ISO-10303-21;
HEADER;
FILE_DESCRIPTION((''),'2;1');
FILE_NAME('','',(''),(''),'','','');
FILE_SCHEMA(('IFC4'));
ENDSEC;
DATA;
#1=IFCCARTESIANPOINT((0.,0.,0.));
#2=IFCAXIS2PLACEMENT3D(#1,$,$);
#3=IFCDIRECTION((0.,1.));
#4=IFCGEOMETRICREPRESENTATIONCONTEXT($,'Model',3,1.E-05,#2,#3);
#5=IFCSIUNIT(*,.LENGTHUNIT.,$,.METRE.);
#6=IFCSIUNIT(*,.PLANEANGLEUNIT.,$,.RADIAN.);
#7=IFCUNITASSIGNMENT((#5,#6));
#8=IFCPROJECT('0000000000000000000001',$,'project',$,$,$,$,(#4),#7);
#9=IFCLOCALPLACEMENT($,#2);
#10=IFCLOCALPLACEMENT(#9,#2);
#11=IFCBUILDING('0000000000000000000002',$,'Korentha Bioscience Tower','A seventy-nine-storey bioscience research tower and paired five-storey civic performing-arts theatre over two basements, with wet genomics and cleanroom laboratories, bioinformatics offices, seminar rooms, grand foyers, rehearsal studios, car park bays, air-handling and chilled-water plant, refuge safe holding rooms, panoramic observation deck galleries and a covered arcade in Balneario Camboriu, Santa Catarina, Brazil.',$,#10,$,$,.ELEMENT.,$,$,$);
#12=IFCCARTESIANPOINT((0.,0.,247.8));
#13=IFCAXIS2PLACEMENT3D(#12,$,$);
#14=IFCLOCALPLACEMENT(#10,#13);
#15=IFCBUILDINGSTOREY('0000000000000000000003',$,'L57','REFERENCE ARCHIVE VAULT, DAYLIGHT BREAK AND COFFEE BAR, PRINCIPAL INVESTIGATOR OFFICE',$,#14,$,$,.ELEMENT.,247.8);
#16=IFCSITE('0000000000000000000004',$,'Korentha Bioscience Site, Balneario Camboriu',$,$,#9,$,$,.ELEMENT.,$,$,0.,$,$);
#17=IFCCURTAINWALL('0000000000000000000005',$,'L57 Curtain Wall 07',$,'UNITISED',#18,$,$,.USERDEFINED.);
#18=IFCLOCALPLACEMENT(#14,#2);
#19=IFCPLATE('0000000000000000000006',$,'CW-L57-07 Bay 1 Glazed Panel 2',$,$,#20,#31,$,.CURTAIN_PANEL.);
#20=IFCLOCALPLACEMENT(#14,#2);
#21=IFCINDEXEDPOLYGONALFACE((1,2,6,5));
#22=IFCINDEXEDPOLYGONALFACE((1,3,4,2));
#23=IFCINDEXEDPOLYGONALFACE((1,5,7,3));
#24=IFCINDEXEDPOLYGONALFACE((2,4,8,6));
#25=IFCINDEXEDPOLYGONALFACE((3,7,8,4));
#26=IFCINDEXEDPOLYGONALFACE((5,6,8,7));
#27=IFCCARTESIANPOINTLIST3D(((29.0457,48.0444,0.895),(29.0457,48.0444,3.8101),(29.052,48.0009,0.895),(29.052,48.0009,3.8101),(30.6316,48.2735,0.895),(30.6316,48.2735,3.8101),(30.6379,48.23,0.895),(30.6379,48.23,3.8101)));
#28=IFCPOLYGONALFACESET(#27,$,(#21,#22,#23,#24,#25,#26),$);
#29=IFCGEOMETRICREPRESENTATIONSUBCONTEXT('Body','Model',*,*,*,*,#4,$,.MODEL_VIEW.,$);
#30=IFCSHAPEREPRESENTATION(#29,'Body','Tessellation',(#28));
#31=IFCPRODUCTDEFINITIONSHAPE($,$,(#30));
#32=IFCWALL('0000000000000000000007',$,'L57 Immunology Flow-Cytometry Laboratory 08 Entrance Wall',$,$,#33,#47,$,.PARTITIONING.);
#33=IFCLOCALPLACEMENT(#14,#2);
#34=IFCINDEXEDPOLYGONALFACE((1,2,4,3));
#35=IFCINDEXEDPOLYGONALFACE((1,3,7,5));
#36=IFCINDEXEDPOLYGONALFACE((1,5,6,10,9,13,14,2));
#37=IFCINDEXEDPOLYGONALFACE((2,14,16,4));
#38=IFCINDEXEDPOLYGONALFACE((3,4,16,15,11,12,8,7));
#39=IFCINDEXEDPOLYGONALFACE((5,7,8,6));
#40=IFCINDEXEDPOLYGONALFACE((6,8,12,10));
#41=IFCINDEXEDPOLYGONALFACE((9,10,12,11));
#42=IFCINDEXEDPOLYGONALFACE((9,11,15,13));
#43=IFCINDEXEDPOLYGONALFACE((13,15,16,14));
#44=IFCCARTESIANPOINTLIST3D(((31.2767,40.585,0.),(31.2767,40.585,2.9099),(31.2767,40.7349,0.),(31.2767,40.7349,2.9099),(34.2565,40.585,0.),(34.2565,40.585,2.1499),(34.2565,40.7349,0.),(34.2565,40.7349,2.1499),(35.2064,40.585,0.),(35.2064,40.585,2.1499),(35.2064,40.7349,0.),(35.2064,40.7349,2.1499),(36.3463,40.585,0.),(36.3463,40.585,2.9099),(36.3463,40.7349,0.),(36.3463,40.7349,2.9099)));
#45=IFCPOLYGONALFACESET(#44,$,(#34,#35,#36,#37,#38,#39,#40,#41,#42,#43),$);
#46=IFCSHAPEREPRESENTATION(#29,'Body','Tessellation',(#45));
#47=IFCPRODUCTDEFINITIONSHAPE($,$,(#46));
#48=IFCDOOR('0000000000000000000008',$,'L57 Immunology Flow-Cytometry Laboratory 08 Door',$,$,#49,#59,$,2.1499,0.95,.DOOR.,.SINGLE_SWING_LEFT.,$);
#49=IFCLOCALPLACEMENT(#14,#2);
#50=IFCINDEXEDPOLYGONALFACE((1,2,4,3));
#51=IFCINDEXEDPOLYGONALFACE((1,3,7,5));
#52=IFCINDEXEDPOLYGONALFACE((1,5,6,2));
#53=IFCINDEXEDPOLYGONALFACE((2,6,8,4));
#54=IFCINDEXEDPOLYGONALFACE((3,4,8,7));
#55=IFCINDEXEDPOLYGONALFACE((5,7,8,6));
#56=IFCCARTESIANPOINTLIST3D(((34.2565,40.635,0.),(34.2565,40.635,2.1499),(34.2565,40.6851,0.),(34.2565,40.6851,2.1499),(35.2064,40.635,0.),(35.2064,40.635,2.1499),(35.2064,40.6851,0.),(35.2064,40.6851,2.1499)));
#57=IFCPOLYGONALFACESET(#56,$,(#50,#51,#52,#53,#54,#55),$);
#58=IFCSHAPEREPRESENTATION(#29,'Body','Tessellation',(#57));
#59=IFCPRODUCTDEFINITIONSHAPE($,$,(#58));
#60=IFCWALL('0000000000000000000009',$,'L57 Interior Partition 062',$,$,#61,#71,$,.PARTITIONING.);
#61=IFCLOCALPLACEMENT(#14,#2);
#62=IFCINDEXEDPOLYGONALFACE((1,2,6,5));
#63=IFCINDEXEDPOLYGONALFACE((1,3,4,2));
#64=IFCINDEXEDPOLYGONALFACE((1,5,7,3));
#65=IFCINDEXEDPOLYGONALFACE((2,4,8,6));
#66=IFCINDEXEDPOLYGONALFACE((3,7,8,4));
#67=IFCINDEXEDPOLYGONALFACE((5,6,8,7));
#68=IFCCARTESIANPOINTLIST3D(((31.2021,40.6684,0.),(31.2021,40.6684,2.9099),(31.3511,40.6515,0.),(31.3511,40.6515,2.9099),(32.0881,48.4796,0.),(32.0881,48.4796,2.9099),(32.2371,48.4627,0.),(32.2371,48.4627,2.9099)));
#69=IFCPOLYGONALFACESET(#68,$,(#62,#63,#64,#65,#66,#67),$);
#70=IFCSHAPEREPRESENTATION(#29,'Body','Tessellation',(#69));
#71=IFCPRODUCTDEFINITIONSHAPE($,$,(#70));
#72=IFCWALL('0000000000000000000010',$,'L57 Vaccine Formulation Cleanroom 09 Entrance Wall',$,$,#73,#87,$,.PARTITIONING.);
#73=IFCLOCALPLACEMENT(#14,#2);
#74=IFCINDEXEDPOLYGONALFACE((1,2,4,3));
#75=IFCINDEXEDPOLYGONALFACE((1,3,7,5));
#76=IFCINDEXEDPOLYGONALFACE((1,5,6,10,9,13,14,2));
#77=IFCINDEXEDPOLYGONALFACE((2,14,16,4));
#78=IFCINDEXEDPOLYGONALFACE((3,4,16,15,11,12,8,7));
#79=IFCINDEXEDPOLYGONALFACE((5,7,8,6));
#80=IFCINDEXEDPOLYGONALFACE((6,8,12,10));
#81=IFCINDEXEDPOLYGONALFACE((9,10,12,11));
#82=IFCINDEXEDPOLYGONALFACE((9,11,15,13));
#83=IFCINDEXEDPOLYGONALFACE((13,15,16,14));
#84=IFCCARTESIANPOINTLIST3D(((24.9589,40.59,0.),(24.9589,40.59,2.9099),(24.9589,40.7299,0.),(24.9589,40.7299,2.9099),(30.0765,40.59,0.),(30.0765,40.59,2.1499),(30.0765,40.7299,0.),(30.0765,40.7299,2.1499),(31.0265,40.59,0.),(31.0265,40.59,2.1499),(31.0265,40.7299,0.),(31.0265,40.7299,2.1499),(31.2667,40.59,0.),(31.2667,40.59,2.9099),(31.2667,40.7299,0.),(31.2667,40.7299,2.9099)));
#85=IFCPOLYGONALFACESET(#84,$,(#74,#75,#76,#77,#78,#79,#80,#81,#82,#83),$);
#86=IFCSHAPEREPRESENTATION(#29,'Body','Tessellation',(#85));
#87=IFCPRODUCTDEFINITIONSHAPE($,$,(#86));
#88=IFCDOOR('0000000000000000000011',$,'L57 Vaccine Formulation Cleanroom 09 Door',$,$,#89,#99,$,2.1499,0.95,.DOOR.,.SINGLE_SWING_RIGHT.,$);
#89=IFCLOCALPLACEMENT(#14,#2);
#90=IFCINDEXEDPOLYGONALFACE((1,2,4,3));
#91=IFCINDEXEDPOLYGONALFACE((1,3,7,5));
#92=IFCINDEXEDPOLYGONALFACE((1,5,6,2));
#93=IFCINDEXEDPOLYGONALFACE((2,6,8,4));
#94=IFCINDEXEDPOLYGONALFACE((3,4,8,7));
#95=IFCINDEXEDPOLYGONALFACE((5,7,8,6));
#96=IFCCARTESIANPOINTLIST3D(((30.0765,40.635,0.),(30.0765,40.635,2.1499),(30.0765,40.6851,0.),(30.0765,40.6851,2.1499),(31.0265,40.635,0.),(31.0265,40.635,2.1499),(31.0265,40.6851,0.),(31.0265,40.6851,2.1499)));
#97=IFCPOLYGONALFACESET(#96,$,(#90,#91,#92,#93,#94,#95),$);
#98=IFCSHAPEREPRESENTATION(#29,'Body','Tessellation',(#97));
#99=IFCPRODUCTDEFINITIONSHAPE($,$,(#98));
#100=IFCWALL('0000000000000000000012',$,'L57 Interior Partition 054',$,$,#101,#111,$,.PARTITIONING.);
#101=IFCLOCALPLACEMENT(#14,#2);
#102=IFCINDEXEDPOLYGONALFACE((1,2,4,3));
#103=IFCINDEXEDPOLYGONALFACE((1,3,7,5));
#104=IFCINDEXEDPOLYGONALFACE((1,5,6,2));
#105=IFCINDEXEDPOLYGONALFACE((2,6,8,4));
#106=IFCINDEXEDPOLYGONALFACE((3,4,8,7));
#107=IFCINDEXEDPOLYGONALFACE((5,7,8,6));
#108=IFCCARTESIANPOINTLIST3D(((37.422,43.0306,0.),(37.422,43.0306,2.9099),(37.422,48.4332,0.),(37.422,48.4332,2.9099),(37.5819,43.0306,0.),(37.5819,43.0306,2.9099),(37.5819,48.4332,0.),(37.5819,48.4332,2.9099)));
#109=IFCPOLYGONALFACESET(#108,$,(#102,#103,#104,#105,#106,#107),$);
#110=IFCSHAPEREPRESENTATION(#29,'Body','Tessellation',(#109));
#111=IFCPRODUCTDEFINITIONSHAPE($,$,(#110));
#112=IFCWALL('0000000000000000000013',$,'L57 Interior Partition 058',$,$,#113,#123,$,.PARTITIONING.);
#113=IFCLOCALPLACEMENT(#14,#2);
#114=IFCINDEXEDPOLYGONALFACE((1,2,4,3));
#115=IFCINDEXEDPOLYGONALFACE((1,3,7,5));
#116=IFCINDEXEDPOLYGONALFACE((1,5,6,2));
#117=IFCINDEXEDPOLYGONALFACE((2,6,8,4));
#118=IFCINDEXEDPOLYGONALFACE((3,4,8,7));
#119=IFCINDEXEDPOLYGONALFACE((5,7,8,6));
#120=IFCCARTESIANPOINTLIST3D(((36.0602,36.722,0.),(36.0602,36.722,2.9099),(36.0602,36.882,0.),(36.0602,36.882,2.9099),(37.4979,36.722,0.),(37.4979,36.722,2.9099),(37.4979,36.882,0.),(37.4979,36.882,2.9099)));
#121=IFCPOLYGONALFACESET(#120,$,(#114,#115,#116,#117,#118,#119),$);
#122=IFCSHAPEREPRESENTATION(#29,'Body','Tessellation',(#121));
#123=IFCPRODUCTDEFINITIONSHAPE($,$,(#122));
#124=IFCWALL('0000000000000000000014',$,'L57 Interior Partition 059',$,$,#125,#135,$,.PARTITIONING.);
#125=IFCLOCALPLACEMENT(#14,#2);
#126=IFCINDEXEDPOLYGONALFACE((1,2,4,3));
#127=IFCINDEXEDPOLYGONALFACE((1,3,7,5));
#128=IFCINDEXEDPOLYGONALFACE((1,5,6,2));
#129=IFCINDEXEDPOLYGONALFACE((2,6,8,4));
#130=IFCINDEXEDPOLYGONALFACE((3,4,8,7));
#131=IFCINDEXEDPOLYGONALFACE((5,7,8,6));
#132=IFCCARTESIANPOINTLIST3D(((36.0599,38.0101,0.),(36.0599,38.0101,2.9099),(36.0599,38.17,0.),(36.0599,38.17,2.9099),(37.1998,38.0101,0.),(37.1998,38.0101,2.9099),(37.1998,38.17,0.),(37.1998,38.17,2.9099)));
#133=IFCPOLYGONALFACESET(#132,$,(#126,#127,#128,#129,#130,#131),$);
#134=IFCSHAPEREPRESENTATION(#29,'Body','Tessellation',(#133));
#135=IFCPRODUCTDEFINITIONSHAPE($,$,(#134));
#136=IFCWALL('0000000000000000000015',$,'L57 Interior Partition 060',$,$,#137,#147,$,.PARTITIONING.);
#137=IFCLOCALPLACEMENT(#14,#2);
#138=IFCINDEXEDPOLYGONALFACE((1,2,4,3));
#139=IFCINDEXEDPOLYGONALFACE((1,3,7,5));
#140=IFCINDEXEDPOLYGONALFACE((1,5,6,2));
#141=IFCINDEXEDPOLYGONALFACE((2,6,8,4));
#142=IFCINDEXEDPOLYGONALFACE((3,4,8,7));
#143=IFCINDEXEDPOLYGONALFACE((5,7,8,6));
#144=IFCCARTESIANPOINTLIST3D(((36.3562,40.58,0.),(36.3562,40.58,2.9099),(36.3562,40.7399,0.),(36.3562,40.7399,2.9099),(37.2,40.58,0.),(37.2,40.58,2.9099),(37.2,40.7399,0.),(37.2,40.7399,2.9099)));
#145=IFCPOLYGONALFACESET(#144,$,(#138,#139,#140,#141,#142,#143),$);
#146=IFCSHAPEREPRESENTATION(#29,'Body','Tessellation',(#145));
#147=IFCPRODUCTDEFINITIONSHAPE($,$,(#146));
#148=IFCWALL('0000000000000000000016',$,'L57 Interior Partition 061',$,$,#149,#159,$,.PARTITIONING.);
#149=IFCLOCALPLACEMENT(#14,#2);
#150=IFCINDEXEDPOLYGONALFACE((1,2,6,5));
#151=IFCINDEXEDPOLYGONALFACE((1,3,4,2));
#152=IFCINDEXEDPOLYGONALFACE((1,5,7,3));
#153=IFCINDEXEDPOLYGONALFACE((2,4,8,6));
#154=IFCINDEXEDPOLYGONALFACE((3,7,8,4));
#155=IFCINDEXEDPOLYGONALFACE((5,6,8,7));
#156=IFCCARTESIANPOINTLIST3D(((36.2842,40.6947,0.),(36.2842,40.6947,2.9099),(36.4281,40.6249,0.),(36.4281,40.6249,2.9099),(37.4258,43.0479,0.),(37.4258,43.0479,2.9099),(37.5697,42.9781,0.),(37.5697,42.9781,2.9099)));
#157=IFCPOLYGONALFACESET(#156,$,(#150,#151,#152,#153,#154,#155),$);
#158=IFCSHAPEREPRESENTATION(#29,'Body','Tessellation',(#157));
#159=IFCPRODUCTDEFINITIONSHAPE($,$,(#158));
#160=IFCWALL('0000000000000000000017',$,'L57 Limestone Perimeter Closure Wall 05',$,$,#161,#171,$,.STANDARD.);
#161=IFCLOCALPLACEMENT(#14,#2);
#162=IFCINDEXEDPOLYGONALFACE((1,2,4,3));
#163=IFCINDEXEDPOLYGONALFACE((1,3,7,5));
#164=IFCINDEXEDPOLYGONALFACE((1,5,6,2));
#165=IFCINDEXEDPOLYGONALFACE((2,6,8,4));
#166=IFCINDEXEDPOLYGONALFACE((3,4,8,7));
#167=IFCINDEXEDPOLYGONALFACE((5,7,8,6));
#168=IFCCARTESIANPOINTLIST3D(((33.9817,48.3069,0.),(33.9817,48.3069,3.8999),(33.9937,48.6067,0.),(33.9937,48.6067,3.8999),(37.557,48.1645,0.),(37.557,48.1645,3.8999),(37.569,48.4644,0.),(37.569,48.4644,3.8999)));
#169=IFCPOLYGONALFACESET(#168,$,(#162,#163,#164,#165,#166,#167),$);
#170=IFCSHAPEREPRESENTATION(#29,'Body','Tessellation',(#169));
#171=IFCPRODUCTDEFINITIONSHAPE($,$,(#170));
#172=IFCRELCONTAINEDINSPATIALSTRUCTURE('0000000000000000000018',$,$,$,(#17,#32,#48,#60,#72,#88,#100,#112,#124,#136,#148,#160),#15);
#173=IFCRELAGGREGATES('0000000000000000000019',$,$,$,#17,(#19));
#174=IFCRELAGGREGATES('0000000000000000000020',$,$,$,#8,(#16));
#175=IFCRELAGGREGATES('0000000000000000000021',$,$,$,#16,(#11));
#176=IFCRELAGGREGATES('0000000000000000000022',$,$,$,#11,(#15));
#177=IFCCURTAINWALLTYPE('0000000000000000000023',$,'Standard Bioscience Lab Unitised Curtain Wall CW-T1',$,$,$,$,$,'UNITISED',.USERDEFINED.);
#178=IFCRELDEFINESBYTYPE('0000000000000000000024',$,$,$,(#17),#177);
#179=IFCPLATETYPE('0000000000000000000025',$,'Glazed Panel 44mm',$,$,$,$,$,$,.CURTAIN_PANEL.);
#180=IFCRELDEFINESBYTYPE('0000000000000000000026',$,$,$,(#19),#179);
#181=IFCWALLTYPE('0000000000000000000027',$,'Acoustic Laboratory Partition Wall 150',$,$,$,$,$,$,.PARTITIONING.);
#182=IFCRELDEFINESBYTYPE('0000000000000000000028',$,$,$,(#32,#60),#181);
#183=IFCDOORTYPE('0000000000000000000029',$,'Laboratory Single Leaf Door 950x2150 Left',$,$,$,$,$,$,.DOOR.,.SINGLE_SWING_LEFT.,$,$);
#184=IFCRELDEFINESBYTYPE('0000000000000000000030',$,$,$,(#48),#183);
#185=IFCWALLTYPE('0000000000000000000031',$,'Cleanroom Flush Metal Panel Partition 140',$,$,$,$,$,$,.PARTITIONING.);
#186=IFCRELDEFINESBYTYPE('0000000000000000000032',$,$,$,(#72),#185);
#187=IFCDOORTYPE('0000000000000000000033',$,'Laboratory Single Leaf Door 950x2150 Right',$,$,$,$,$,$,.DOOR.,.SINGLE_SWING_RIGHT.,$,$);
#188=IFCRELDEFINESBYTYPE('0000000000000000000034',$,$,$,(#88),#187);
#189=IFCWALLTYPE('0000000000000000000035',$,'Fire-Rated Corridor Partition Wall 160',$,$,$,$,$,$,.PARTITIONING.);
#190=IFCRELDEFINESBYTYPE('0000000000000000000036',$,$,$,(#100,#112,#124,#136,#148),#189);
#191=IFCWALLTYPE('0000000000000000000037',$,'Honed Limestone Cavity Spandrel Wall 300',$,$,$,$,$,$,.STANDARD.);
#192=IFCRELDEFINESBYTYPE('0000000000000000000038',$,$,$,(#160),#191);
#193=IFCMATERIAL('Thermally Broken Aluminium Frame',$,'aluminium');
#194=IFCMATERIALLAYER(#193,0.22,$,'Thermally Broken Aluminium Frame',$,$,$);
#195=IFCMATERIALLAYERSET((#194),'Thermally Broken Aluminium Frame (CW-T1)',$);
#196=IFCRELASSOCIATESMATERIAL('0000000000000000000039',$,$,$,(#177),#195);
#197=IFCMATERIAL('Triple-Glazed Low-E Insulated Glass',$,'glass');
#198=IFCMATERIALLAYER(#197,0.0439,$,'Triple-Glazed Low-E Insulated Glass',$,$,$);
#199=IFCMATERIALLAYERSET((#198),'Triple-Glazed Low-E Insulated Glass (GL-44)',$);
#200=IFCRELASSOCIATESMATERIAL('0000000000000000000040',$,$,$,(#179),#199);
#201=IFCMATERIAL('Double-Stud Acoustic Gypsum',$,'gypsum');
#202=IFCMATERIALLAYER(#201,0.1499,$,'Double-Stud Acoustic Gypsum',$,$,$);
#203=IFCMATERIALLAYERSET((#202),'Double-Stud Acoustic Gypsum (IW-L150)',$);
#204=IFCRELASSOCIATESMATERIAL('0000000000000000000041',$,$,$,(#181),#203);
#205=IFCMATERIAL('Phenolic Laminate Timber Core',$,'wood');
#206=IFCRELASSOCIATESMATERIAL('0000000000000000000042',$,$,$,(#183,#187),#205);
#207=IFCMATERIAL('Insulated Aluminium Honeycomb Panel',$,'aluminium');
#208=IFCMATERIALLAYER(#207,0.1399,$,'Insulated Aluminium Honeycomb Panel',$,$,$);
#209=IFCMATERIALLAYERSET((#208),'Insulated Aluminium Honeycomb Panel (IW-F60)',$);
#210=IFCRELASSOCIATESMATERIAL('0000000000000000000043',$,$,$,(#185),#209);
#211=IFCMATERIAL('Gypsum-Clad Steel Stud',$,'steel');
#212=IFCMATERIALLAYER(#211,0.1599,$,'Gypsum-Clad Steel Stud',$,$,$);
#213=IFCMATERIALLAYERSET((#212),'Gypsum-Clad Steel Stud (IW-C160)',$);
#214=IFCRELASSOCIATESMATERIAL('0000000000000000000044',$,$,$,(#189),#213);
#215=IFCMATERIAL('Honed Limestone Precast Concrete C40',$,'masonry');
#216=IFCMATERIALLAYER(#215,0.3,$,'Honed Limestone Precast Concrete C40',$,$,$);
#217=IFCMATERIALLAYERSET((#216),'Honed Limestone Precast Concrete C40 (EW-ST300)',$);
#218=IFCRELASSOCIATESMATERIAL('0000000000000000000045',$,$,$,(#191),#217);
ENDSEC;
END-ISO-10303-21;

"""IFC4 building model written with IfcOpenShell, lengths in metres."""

from ifc_helpers import new_model, si_unit, direction, frame, frame_2d, origin, origin_2d, place, context, subcontext, project, spatial, rectangle, extrude, material, layer, layer_set, type_object, element, fill, aggregate, save


model = new_model("IFC4")

# Units and contexts
model_context = context("Model", 3, precision=1e-05, world=origin(), true_north=direction((0.0, 1.0)))
body_context = subcontext(model_context, "Body", "Model", "MODEL_VIEW")
ifc_project = project(units=[si_unit("LENGTHUNIT", "METRE"), si_unit("PLANEANGLEUNIT", "RADIAN")], contexts=[model_context])

# Site, building, storey
site_placement = place(None, origin())
site = spatial("IfcSite", under=ifc_project, at=site_placement, Name="Korentha Bioscience Site, Balneario Camboriu", CompositionType="ELEMENT", RefElevation=0.0)
building_placement = place(site_placement, origin())
building = spatial("IfcBuilding", under=site, at=building_placement, Name="Korentha Bioscience Tower", Description="A seventy-nine-storey bioscience research tower and paired five-storey civic performing-arts theatre over two basements, with wet genomics and cleanroom laboratories, bioinformatics offices, seminar rooms, grand foyers, rehearsal studios, car park bays, air-handling and chilled-water plant, refuge safe holding rooms, panoramic observation deck galleries and a covered arcade in Balneario Camboriu, Santa Catarina, Brazil.", CompositionType="ELEMENT")
storey_placement = place(building_placement, frame((0.0, 0.0, 247.8)))
storey = spatial("IfcBuildingStorey", under=building, at=storey_placement, Name="L57", Description="REFERENCE ARCHIVE VAULT, DAYLIGHT BREAK AND COFFEE BAR, PRINCIPAL INVESTIGATOR OFFICE", CompositionType="ELEMENT", Elevation=247.8)

# Curtain wall
ifc_material_1 = material(Name="Thermally Broken Aluminium Frame", Category="aluminium")
ifc_layer_1 = layer(ifc_material_1, 0.22, Name="Thermally Broken Aluminium Frame")
ifc_layer_set_1 = layer_set([ifc_layer_1], Name="Thermally Broken Aluminium Frame (CW-T1)")
curtain_wall_type = type_object("IfcCurtainWallType", Name="Standard Bioscience Lab Unitised Curtain Wall CW-T1", ElementType="UNITISED", PredefinedType="USERDEFINED", material=ifc_layer_set_1)
curtain_wall_placement = place(storey_placement, origin())
curtain_wall = element("IfcCurtainWall", 1, at=curtain_wall_placement, inside=storey, type_object=curtain_wall_type, Name="L57 Curtain Wall 07", ObjectType="UNITISED", PredefinedType="USERDEFINED")

# Plate
ifc_material_2 = material(Name="Triple-Glazed Low-E Insulated Glass", Category="glass")
ifc_layer_2 = layer(ifc_material_2, 0.0439, Name="Triple-Glazed Low-E Insulated Glass")
ifc_layer_set_2 = layer_set([ifc_layer_2], Name="Triple-Glazed Low-E Insulated Glass (GL-44)")
plate_type = type_object("IfcPlateType", Name="Glazed Panel 44mm", PredefinedType="CURTAIN_PANEL", material=ifc_layer_set_2)
plate_1_placement = place(storey_placement, frame((29.8418, 48.1372, 0.895), z_axis=(0.0, 0.0, 1.0), x_axis=(-0.989729, -0.142956, 0.0)))
plate_1 = element("IfcPlate", 2, at=plate_1_placement, type_object=plate_type, Name="CW-L57-07 Bay 1 Glazed Panel 2", PredefinedType="CURTAIN_PANEL", context=body_context, shape_type="SweptSolid", body=[
    extrude(rectangle(XDim=1.6023, YDim=0.0439, at=origin_2d()), origin(), (0.0, 0.0, 1.0), 2.915),
])
aggregate(curtain_wall, [plate_1])

# Wall, opening, door
ifc_material_3 = material(Name="Double-Stud Acoustic Gypsum", Category="gypsum")
ifc_layer_3 = layer(ifc_material_3, 0.1499, Name="Double-Stud Acoustic Gypsum")
ifc_layer_set_3 = layer_set([ifc_layer_3], Name="Double-Stud Acoustic Gypsum (IW-L150)")
wall_type_1 = type_object("IfcWallType", Name="Acoustic Laboratory Partition Wall 150", PredefinedType="PARTITIONING", material=ifc_layer_set_3)
wall_1_placement = place(storey_placement, frame((36.3462, 40.6599, 0.0), z_axis=(0.0, 0.0, 1.0), x_axis=(-1.0, 0.0, 0.0)))
wall_1 = element("IfcWall", 3, at=wall_1_placement, inside=storey, type_object=wall_type_1, Name="L57 Immunology Flow-Cytometry Laboratory 08 Entrance Wall", PredefinedType="PARTITIONING", context=body_context, shape_type="SweptSolid", body=[
    extrude(rectangle(XDim=5.0696, YDim=0.1499, at=frame_2d((2.5347, 0.0))), origin(), (0.0, 0.0, 1.0), 2.9099),
])
opening_1_placement = place(wall_1_placement, frame((1.1396, 0.0, 0.0)))
opening_1 = element("IfcOpeningElement", 4, at=opening_1_placement, cuts=wall_1, PredefinedType="OPENING", context=body_context, shape_type="SweptSolid", body=[
    extrude(rectangle(XDim=0.95, YDim=2.1499, at=frame_2d((0.4751, 1.075))), frame((0.0, 0.0898, 0.0), z_axis=(0.0, -1.0, 0.0), x_axis=(1.0, 0.0, 0.0)), (0.0, 0.0, 1.0), 0.1797),
])
ifc_material_4 = material(Name="Phenolic Laminate Timber Core", Category="wood")
door_type_1 = type_object("IfcDoorType", Name="Laboratory Single Leaf Door 950x2150 Left", OperationType="SINGLE_SWING_LEFT", PredefinedType="DOOR", material=ifc_material_4)
door_1_placement = place(opening_1_placement, origin())
door_1 = element("IfcDoor", 5, at=door_1_placement, inside=storey, type_object=door_type_1, Name="L57 Immunology Flow-Cytometry Laboratory 08 Door", OperationType="SINGLE_SWING_LEFT", OverallHeight=2.1499, OverallWidth=0.95, PredefinedType="DOOR", context=body_context, shape_type="SweptSolid", body=[
    extrude(rectangle(XDim=0.95, YDim=2.1499, at=frame_2d((0.4751, 1.075))), frame((0.0, 0.0249, 0.0), z_axis=(0.0, -1.0, 0.0), x_axis=(1.0, 0.0, 0.0)), (0.0, 0.0, 1.0), 0.05),
])
fill(opening_1, door_1)

# Wall
wall_2_placement = place(storey_placement, frame((31.2766, 40.6599, 0.0), z_axis=(0.0, 0.0, 1.0), x_axis=(0.112701, 0.993629, 0.0)))
element("IfcWall", 6, at=wall_2_placement, inside=storey, type_object=wall_type_1, Name="L57 Interior Partition 062", PredefinedType="PARTITIONING", context=body_context, shape_type="SweptSolid", body=[
    extrude(rectangle(XDim=7.8613, YDim=0.1499, at=frame_2d((3.9307, 0.0))), origin(), (0.0, 0.0, 1.0), 2.9099),
])

# Wall, opening, door
ifc_material_5 = material(Name="Insulated Aluminium Honeycomb Panel", Category="aluminium")
ifc_layer_4 = layer(ifc_material_5, 0.1399, Name="Insulated Aluminium Honeycomb Panel")
ifc_layer_set_4 = layer_set([ifc_layer_4], Name="Insulated Aluminium Honeycomb Panel (IW-F60)")
wall_type_2 = type_object("IfcWallType", Name="Cleanroom Flush Metal Panel Partition 140", PredefinedType="PARTITIONING", material=ifc_layer_set_4)
wall_3_placement = place(storey_placement, frame((31.2666, 40.6599, 0.0), z_axis=(0.0, 0.0, 1.0), x_axis=(-1.0, 0.0, 0.0)))
wall_3 = element("IfcWall", 7, at=wall_3_placement, inside=storey, type_object=wall_type_2, Name="L57 Vaccine Formulation Cleanroom 09 Entrance Wall", PredefinedType="PARTITIONING", context=body_context, shape_type="SweptSolid", body=[
    extrude(rectangle(XDim=6.3079, YDim=0.1399, at=frame_2d((3.1538, 0.0))), origin(), (0.0, 0.0, 1.0), 2.9099),
])
opening_2_placement = place(wall_3_placement, frame((0.24, 0.0, 0.0)))
opening_2 = element("IfcOpeningElement", 8, at=opening_2_placement, cuts=wall_3, PredefinedType="OPENING", context=body_context, shape_type="SweptSolid", body=[
    extrude(rectangle(XDim=0.95, YDim=2.1499, at=frame_2d((0.4751, 1.075))), frame((0.0, 0.085, 0.0), z_axis=(0.0, -1.0, 0.0), x_axis=(1.0, 0.0, 0.0)), (0.0, 0.0, 1.0), 0.1697),
])
door_type_2 = type_object("IfcDoorType", Name="Laboratory Single Leaf Door 950x2150 Right", OperationType="SINGLE_SWING_RIGHT", PredefinedType="DOOR", material=ifc_material_4)
door_2_placement = place(opening_2_placement, origin())
door_2 = element("IfcDoor", 9, at=door_2_placement, inside=storey, type_object=door_type_2, Name="L57 Vaccine Formulation Cleanroom 09 Door", OperationType="SINGLE_SWING_RIGHT", OverallHeight=2.1499, OverallWidth=0.95, PredefinedType="DOOR", context=body_context, shape_type="SweptSolid", body=[
    extrude(rectangle(XDim=0.95, YDim=2.1499, at=frame_2d((0.4751, 1.075))), frame((0.0, 0.0249, 0.0), z_axis=(0.0, -1.0, 0.0), x_axis=(1.0, 0.0, 0.0)), (0.0, 0.0, 1.0), 0.05),
])
fill(opening_2, door_2)
ifc_material_6 = material(Name="Gypsum-Clad Steel Stud", Category="steel")
ifc_layer_5 = layer(ifc_material_6, 0.1599, Name="Gypsum-Clad Steel Stud")
ifc_layer_set_5 = layer_set([ifc_layer_5], Name="Gypsum-Clad Steel Stud (IW-C160)")
wall_type_3 = type_object("IfcWallType", Name="Fire-Rated Corridor Partition Wall 160", PredefinedType="PARTITIONING", material=ifc_layer_set_5)

# Walls
wall_4_placement = place(storey_placement, frame((37.502, 43.0308, 0.0), z_axis=(0.0, 0.0, 1.0), x_axis=(0.0, 1.0, 0.0)))
element("IfcWall", 10, at=wall_4_placement, inside=storey, type_object=wall_type_3, Name="L57 Interior Partition 054", PredefinedType="PARTITIONING", context=body_context, shape_type="SweptSolid", body=[
    extrude(rectangle(XDim=5.4026, YDim=0.1599, at=frame_2d((2.7012, 0.0))), origin(), (0.0, 0.0, 1.0), 2.9099),
])
wall_5_placement = place(storey_placement, frame((37.4978, 36.802, 0.0), z_axis=(0.0, 0.0, 1.0), x_axis=(-1.0, 0.0, 0.0)))
element("IfcWall", 11, at=wall_5_placement, inside=storey, type_object=wall_type_3, Name="L57 Interior Partition 058", PredefinedType="PARTITIONING", context=body_context, shape_type="SweptSolid", body=[
    extrude(rectangle(XDim=1.4377, YDim=0.1599, at=frame_2d((0.7188, 0.0))), origin(), (0.0, 0.0, 1.0), 2.9099),
])
wall_6_placement = place(storey_placement, frame((36.0601, 38.0901, 0.0), z_axis=(0.0, 0.0, 1.0), x_axis=(1.0, 0.0, 0.0)))
element("IfcWall", 12, at=wall_6_placement, inside=storey, type_object=wall_type_3, Name="L57 Interior Partition 059", PredefinedType="PARTITIONING", context=body_context, shape_type="SweptSolid", body=[
    extrude(rectangle(XDim=1.1399, YDim=0.1599, at=frame_2d((0.5698, 0.0))), origin(), (0.0, 0.0, 1.0), 2.9099),
])
wall_7_placement = place(storey_placement, frame((37.2, 40.6599, 0.0), z_axis=(0.0, 0.0, 1.0), x_axis=(-1.0, 0.0, 0.0)))
element("IfcWall", 13, at=wall_7_placement, inside=storey, type_object=wall_type_3, Name="L57 Interior Partition 060", PredefinedType="PARTITIONING", context=body_context, shape_type="SweptSolid", body=[
    extrude(rectangle(XDim=0.8438, YDim=0.1599, at=frame_2d((0.4219, 0.0))), origin(), (0.0, 0.0, 1.0), 2.9099),
])
wall_8_placement = place(storey_placement, frame((36.3562, 40.6599, 0.0), z_axis=(0.0, 0.0, 1.0), x_axis=(0.436466, 0.899721, 0.0)))
element("IfcWall", 14, at=wall_8_placement, inside=storey, type_object=wall_type_3, Name="L57 Interior Partition 061", PredefinedType="PARTITIONING", context=body_context, shape_type="SweptSolid", body=[
    extrude(rectangle(XDim=2.6155, YDim=0.1599, at=frame_2d((1.3076, 0.0))), origin(), (0.0, 0.0, 1.0), 2.9099),
])
ifc_material_7 = material(Name="Honed Limestone Precast Concrete C40", Category="masonry")
ifc_layer_6 = layer(ifc_material_7, 0.3, Name="Honed Limestone Precast Concrete C40")
ifc_layer_set_6 = layer_set([ifc_layer_6], Name="Honed Limestone Precast Concrete C40 (EW-ST300)")
wall_type_4 = type_object("IfcWallType", Name="Honed Limestone Cavity Spandrel Wall 300", PredefinedType="STANDARD", material=ifc_layer_set_6)
wall_9_placement = place(storey_placement, frame((37.563, 48.3145, 0.0), z_axis=(0.0, 0.0, 1.0), x_axis=(-0.999208, 0.03978, 0.0)))
element("IfcWall", 15, at=wall_9_placement, inside=storey, type_object=wall_type_4, Name="L57 Limestone Perimeter Closure Wall 05", PredefinedType="STANDARD", context=body_context, shape_type="SweptSolid", body=[
    extrude(rectangle(XDim=3.5781, YDim=0.3, at=frame_2d((1.7891, 0.0))), origin(), (0.0, 0.0, 1.0), 3.8999),
])

save(model, "model.ifc")
